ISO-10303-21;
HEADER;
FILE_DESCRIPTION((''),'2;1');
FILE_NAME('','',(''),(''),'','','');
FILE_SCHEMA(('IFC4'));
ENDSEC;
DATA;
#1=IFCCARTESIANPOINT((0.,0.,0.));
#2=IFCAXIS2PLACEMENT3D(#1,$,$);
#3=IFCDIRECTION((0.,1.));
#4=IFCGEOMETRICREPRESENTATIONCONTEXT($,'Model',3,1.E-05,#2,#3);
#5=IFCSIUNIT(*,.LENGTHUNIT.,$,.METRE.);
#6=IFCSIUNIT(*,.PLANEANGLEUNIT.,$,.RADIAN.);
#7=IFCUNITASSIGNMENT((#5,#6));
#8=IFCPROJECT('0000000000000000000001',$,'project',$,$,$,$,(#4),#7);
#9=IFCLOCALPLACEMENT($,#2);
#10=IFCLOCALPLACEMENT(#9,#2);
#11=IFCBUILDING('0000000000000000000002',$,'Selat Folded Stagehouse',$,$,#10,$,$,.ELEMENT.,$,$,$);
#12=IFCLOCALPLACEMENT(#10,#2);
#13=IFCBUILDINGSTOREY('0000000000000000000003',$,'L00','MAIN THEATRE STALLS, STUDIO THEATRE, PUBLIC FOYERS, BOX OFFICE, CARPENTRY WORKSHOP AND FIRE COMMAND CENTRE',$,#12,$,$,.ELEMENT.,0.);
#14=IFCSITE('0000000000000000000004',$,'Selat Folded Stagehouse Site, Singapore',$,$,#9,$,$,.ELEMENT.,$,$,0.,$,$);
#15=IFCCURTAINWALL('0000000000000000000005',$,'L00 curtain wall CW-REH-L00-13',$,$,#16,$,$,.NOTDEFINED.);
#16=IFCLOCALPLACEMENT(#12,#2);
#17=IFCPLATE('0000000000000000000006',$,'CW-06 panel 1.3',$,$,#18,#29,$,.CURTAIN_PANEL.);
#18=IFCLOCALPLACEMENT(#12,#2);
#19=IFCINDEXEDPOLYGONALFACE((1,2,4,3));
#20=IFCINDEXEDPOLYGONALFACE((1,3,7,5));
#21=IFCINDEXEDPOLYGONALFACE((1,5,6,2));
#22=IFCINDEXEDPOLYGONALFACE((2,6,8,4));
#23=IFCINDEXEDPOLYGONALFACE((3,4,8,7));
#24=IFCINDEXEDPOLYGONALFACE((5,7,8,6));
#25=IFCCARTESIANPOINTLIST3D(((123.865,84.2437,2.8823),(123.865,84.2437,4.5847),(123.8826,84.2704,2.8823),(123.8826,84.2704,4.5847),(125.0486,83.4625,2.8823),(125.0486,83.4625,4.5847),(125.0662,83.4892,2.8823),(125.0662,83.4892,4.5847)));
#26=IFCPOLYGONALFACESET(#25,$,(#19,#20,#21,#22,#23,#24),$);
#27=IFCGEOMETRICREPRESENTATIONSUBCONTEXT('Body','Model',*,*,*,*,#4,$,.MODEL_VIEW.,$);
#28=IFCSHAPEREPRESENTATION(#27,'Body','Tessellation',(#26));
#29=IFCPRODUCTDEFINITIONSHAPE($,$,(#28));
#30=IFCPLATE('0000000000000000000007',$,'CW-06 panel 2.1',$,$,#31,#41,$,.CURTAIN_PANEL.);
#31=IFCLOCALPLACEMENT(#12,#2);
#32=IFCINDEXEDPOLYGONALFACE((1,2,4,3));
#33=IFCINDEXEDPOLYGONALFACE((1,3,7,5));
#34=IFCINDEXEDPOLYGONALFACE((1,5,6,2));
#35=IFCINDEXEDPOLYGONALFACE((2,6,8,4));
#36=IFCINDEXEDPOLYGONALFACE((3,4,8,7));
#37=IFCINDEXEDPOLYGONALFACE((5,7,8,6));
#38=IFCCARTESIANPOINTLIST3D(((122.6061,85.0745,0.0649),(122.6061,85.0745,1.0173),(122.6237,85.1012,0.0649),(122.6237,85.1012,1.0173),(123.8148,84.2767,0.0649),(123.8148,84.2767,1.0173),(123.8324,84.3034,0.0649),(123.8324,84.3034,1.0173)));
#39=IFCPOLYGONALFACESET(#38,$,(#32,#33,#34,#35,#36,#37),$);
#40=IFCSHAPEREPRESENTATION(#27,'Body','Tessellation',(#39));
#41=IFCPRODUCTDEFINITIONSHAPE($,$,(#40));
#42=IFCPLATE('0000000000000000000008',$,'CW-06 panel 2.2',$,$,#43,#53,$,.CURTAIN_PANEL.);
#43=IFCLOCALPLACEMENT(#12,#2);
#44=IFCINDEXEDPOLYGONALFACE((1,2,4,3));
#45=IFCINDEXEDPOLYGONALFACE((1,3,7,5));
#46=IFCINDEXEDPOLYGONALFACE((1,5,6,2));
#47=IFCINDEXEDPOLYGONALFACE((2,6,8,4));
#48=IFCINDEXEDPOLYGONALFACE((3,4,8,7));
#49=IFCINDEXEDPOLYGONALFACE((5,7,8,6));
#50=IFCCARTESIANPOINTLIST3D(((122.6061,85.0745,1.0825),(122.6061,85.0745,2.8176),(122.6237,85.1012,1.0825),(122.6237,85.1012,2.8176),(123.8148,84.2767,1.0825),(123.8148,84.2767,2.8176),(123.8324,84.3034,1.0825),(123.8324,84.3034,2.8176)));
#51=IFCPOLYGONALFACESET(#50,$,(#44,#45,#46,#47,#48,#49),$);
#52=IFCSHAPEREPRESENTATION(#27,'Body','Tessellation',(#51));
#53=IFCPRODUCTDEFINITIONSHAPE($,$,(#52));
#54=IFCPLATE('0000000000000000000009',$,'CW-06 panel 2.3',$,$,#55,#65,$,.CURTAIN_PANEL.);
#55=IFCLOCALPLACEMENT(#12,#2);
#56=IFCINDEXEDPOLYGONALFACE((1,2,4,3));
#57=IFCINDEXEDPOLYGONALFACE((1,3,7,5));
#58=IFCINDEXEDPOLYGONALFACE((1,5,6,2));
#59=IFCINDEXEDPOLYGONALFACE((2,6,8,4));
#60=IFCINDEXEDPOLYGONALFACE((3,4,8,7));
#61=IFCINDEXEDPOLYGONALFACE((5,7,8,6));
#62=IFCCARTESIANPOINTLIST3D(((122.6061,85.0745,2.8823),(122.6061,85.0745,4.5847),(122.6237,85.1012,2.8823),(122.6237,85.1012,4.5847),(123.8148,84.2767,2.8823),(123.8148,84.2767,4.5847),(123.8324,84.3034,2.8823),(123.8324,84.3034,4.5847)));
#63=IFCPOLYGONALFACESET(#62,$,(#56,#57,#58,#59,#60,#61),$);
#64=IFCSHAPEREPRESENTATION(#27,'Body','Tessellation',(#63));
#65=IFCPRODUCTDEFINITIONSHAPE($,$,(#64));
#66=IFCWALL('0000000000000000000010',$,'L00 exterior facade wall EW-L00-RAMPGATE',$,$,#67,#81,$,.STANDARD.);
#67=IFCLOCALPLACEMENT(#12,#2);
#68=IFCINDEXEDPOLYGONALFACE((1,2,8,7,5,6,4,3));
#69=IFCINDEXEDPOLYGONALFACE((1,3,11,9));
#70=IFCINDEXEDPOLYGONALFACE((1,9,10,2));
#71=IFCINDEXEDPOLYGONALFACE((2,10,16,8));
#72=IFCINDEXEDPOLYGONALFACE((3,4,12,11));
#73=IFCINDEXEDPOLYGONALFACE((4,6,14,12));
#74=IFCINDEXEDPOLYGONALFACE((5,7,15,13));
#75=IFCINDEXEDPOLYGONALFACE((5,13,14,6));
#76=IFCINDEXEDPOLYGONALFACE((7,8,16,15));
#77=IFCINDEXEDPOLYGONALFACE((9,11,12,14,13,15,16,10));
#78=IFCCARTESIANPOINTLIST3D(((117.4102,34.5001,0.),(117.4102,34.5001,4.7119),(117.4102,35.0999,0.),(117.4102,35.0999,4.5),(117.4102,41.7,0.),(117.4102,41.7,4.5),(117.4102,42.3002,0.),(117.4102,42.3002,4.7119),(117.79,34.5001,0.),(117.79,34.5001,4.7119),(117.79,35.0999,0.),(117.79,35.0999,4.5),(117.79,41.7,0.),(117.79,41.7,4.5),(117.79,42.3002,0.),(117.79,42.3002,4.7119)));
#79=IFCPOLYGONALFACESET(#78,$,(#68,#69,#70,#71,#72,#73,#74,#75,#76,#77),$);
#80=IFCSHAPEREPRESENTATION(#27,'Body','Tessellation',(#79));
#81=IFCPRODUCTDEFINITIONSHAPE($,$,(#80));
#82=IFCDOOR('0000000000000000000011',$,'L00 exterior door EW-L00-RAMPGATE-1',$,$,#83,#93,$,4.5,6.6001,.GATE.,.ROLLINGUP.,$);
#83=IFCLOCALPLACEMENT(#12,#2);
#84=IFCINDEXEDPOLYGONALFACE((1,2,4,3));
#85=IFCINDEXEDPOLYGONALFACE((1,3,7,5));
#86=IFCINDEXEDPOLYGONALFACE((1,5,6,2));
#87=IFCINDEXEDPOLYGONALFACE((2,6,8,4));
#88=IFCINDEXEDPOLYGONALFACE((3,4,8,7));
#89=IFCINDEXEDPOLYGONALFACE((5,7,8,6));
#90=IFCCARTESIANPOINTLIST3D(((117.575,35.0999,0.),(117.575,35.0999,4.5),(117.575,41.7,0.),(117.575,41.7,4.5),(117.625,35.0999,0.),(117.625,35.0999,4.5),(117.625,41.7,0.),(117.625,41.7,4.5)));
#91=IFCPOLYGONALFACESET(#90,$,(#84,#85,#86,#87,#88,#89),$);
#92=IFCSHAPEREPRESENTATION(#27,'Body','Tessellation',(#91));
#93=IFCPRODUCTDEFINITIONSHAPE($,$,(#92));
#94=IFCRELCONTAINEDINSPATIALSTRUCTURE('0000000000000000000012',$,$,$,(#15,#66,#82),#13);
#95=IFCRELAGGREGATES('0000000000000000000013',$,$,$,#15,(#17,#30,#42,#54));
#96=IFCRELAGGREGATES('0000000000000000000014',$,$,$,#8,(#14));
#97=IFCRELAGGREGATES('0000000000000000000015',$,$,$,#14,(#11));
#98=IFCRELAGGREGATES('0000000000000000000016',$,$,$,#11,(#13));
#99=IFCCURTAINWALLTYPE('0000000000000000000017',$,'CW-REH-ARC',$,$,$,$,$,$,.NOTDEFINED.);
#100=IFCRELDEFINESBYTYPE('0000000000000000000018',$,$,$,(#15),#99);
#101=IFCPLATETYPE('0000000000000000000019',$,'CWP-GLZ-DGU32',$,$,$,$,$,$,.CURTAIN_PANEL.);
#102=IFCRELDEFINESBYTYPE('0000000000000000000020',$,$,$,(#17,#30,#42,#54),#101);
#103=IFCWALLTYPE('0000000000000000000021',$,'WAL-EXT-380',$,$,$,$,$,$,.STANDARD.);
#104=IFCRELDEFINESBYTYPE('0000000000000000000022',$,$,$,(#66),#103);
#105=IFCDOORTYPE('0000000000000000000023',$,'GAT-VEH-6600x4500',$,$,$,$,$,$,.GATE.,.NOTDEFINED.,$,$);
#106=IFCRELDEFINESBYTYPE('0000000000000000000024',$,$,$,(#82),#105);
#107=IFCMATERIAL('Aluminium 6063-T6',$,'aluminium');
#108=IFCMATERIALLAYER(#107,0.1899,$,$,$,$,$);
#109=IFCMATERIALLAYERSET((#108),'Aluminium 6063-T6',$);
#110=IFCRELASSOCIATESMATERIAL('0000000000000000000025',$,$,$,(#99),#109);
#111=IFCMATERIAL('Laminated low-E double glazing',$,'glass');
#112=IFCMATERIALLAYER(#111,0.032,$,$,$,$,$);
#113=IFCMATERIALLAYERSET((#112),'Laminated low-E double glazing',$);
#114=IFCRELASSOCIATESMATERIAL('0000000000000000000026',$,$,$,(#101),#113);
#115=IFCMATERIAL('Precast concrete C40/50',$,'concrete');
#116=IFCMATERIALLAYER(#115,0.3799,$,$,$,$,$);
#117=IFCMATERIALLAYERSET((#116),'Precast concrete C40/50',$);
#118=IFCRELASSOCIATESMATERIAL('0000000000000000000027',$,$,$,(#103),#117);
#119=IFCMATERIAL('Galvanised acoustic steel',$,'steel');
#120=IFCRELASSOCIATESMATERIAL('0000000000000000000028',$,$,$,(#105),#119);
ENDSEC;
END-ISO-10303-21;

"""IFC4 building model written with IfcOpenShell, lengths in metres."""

from ifc_helpers import new_model, si_unit, direction, frame, frame_2d, origin, origin_2d, place, context, subcontext, project, spatial, rectangle, extrude, material, layer, layer_set, type_object, element, fill, aggregate, save


model = new_model("IFC4")

# Units and contexts
model_context = context("Model", 3, precision=1e-05, world=origin(), true_north=direction((0.0, 1.0)))
body_context = subcontext(model_context, "Body", "Model", "MODEL_VIEW")
ifc_project = project(units=[si_unit("LENGTHUNIT", "METRE"), si_unit("PLANEANGLEUNIT", "RADIAN")], contexts=[model_context])

# Site, building, storey
site_placement = place(None, origin())
site = spatial("IfcSite", under=ifc_project, at=site_placement, Name="Selat Folded Stagehouse Site, Singapore", CompositionType="ELEMENT", RefElevation=0.0)
building_placement = place(site_placement, origin())
building = spatial("IfcBuilding", under=site, at=building_placement, Name="Selat Folded Stagehouse", CompositionType="ELEMENT")
storey_placement = place(building_placement, origin())
storey = spatial("IfcBuildingStorey", under=building, at=storey_placement, Name="L00", Description="MAIN THEATRE STALLS, STUDIO THEATRE, PUBLIC FOYERS, BOX OFFICE, CARPENTRY WORKSHOP AND FIRE COMMAND CENTRE", CompositionType="ELEMENT", Elevation=0.0)

# Curtain wall
ifc_material_1 = material(Name="Aluminium 6063-T6", Category="aluminium")
ifc_layer_1 = layer(ifc_material_1, 0.1899)
ifc_layer_set_1 = layer_set([ifc_layer_1], Name="Aluminium 6063-T6")
curtain_wall_type = type_object("IfcCurtainWallType", Name="CW-REH-ARC", PredefinedType="NOTDEFINED", material=ifc_layer_set_1)
curtain_wall_placement = place(storey_placement, origin())
curtain_wall = element("IfcCurtainWall", 1, at=curtain_wall_placement, inside=storey, type_object=curtain_wall_type, Name="L00 curtain wall CW-REH-L00-13", PredefinedType="NOTDEFINED")

# Plates
ifc_material_2 = material(Name="Laminated low-E double glazing", Category="glass")
ifc_layer_2 = layer(ifc_material_2, 0.032)
ifc_layer_set_2 = layer_set([ifc_layer_2], Name="Laminated low-E double glazing")
plate_type = type_object("IfcPlateType", Name="CWP-GLZ-DGU32", PredefinedType="CURTAIN_PANEL", material=ifc_layer_set_2)
plate_1_placement = place(storey_placement, frame((124.4656, 83.8665, 2.8823), z_axis=(0.0, 0.0, 1.0), x_axis=(-0.834581, 0.550885, 0.0)))
plate_1 = element("IfcPlate", 2, at=plate_1_placement, type_object=plate_type, Name="CW-06 panel 1.3", PredefinedType="CURTAIN_PANEL", context=body_context, shape_type="SweptSolid", body=[
    extrude(rectangle(XDim=1.4182, YDim=0.032, at=origin_2d()), origin(), (0.0, 0.0, 1.0), 1.7024),
])
plate_2_placement = place(storey_placement, frame((123.2192, 84.689, 0.0649), z_axis=(0.0, 0.0, 1.0), x_axis=(-0.834581, 0.550885, 0.0)))
plate_2 = element("IfcPlate", 3, at=plate_2_placement, type_object=plate_type, Name="CW-06 panel 2.1", PredefinedType="CURTAIN_PANEL", context=body_context, shape_type="SweptSolid", body=[
    extrude(rectangle(XDim=1.4482, YDim=0.032, at=origin_2d()), origin(), (0.0, 0.0, 1.0), 0.9524),
])
plate_3_placement = place(storey_placement, frame((123.2192, 84.689, 1.0825), z_axis=(0.0, 0.0, 1.0), x_axis=(-0.834581, 0.550885, 0.0)))
plate_3 = element("IfcPlate", 4, at=plate_3_placement, type_object=plate_type, Name="CW-06 panel 2.2", PredefinedType="CURTAIN_PANEL", context=body_context, shape_type="SweptSolid", body=[
    extrude(rectangle(XDim=1.4482, YDim=0.032, at=origin_2d()), origin(), (0.0, 0.0, 1.0), 1.7351),
])
plate_4_placement = place(storey_placement, frame((123.2192, 84.689, 2.8823), z_axis=(0.0, 0.0, 1.0), x_axis=(-0.834581, 0.550885, 0.0)))
plate_4 = element("IfcPlate", 5, at=plate_4_placement, type_object=plate_type, Name="CW-06 panel 2.3", PredefinedType="CURTAIN_PANEL", context=body_context, shape_type="SweptSolid", body=[
    extrude(rectangle(XDim=1.4482, YDim=0.032, at=origin_2d()), origin(), (0.0, 0.0, 1.0), 1.7024),
])
aggregate(curtain_wall, [plate_1, plate_2, plate_3, plate_4])

# Wall, opening, door
ifc_material_3 = material(Name="Precast concrete C40/50", Category="concrete")
ifc_layer_3 = layer(ifc_material_3, 0.3799)
ifc_layer_set_3 = layer_set([ifc_layer_3], Name="Precast concrete C40/50")
wall_type = type_object("IfcWallType", Name="WAL-EXT-380", PredefinedType="STANDARD", material=ifc_layer_set_3)
wall_placement = place(storey_placement, frame((117.6001, 42.3, 0.0), z_axis=(0.0, 0.0, 1.0), x_axis=(0.0, -1.0, 0.0)))
wall = element("IfcWall", 6, at=wall_placement, inside=storey, type_object=wall_type, Name="L00 exterior facade wall EW-L00-RAMPGATE", PredefinedType="STANDARD", context=body_context, shape_type="SweptSolid", body=[
    extrude(rectangle(XDim=7.8, YDim=0.3799, at=frame_2d((3.8999, 0.0))), origin(), (0.0, 0.0, 1.0), 4.7119),
])
opening_placement = place(wall_placement, frame((0.6001, 0.0, 0.0)))
opening = element("IfcOpeningElement", 7, at=opening_placement, cuts=wall, PredefinedType="OPENING", context=body_context, shape_type="SweptSolid", body=[
    extrude(rectangle(XDim=6.6001, YDim=4.5, at=frame_2d((3.3, 2.25))), frame((0.0, 0.2, 0.0), z_axis=(0.0, -1.0, 0.0), x_axis=(1.0, 0.0, 0.0)), (0.0, 0.0, 1.0), 0.3999),
])
ifc_material_4 = material(Name="Galvanised acoustic steel", Category="steel")
door_type = type_object("IfcDoorType", Name="GAT-VEH-6600x4500", OperationType="NOTDEFINED", PredefinedType="GATE", material=ifc_material_4)
door_placement = place(opening_placement, origin())
door = element("IfcDoor", 8, at=door_placement, inside=storey, type_object=door_type, Name="L00 exterior door EW-L00-RAMPGATE-1", OperationType="ROLLINGUP", OverallHeight=4.5, OverallWidth=6.6001, PredefinedType="GATE", context=body_context, shape_type="SweptSolid", body=[
    extrude(rectangle(XDim=6.6001, YDim=4.5, at=frame_2d((3.3, 2.25))), frame((0.0, 0.0249, 0.0), z_axis=(0.0, -1.0, 0.0), x_axis=(1.0, 0.0, 0.0)), (0.0, 0.0, 1.0), 0.05),
])
fill(opening, door)

save(model, "model.ifc")
